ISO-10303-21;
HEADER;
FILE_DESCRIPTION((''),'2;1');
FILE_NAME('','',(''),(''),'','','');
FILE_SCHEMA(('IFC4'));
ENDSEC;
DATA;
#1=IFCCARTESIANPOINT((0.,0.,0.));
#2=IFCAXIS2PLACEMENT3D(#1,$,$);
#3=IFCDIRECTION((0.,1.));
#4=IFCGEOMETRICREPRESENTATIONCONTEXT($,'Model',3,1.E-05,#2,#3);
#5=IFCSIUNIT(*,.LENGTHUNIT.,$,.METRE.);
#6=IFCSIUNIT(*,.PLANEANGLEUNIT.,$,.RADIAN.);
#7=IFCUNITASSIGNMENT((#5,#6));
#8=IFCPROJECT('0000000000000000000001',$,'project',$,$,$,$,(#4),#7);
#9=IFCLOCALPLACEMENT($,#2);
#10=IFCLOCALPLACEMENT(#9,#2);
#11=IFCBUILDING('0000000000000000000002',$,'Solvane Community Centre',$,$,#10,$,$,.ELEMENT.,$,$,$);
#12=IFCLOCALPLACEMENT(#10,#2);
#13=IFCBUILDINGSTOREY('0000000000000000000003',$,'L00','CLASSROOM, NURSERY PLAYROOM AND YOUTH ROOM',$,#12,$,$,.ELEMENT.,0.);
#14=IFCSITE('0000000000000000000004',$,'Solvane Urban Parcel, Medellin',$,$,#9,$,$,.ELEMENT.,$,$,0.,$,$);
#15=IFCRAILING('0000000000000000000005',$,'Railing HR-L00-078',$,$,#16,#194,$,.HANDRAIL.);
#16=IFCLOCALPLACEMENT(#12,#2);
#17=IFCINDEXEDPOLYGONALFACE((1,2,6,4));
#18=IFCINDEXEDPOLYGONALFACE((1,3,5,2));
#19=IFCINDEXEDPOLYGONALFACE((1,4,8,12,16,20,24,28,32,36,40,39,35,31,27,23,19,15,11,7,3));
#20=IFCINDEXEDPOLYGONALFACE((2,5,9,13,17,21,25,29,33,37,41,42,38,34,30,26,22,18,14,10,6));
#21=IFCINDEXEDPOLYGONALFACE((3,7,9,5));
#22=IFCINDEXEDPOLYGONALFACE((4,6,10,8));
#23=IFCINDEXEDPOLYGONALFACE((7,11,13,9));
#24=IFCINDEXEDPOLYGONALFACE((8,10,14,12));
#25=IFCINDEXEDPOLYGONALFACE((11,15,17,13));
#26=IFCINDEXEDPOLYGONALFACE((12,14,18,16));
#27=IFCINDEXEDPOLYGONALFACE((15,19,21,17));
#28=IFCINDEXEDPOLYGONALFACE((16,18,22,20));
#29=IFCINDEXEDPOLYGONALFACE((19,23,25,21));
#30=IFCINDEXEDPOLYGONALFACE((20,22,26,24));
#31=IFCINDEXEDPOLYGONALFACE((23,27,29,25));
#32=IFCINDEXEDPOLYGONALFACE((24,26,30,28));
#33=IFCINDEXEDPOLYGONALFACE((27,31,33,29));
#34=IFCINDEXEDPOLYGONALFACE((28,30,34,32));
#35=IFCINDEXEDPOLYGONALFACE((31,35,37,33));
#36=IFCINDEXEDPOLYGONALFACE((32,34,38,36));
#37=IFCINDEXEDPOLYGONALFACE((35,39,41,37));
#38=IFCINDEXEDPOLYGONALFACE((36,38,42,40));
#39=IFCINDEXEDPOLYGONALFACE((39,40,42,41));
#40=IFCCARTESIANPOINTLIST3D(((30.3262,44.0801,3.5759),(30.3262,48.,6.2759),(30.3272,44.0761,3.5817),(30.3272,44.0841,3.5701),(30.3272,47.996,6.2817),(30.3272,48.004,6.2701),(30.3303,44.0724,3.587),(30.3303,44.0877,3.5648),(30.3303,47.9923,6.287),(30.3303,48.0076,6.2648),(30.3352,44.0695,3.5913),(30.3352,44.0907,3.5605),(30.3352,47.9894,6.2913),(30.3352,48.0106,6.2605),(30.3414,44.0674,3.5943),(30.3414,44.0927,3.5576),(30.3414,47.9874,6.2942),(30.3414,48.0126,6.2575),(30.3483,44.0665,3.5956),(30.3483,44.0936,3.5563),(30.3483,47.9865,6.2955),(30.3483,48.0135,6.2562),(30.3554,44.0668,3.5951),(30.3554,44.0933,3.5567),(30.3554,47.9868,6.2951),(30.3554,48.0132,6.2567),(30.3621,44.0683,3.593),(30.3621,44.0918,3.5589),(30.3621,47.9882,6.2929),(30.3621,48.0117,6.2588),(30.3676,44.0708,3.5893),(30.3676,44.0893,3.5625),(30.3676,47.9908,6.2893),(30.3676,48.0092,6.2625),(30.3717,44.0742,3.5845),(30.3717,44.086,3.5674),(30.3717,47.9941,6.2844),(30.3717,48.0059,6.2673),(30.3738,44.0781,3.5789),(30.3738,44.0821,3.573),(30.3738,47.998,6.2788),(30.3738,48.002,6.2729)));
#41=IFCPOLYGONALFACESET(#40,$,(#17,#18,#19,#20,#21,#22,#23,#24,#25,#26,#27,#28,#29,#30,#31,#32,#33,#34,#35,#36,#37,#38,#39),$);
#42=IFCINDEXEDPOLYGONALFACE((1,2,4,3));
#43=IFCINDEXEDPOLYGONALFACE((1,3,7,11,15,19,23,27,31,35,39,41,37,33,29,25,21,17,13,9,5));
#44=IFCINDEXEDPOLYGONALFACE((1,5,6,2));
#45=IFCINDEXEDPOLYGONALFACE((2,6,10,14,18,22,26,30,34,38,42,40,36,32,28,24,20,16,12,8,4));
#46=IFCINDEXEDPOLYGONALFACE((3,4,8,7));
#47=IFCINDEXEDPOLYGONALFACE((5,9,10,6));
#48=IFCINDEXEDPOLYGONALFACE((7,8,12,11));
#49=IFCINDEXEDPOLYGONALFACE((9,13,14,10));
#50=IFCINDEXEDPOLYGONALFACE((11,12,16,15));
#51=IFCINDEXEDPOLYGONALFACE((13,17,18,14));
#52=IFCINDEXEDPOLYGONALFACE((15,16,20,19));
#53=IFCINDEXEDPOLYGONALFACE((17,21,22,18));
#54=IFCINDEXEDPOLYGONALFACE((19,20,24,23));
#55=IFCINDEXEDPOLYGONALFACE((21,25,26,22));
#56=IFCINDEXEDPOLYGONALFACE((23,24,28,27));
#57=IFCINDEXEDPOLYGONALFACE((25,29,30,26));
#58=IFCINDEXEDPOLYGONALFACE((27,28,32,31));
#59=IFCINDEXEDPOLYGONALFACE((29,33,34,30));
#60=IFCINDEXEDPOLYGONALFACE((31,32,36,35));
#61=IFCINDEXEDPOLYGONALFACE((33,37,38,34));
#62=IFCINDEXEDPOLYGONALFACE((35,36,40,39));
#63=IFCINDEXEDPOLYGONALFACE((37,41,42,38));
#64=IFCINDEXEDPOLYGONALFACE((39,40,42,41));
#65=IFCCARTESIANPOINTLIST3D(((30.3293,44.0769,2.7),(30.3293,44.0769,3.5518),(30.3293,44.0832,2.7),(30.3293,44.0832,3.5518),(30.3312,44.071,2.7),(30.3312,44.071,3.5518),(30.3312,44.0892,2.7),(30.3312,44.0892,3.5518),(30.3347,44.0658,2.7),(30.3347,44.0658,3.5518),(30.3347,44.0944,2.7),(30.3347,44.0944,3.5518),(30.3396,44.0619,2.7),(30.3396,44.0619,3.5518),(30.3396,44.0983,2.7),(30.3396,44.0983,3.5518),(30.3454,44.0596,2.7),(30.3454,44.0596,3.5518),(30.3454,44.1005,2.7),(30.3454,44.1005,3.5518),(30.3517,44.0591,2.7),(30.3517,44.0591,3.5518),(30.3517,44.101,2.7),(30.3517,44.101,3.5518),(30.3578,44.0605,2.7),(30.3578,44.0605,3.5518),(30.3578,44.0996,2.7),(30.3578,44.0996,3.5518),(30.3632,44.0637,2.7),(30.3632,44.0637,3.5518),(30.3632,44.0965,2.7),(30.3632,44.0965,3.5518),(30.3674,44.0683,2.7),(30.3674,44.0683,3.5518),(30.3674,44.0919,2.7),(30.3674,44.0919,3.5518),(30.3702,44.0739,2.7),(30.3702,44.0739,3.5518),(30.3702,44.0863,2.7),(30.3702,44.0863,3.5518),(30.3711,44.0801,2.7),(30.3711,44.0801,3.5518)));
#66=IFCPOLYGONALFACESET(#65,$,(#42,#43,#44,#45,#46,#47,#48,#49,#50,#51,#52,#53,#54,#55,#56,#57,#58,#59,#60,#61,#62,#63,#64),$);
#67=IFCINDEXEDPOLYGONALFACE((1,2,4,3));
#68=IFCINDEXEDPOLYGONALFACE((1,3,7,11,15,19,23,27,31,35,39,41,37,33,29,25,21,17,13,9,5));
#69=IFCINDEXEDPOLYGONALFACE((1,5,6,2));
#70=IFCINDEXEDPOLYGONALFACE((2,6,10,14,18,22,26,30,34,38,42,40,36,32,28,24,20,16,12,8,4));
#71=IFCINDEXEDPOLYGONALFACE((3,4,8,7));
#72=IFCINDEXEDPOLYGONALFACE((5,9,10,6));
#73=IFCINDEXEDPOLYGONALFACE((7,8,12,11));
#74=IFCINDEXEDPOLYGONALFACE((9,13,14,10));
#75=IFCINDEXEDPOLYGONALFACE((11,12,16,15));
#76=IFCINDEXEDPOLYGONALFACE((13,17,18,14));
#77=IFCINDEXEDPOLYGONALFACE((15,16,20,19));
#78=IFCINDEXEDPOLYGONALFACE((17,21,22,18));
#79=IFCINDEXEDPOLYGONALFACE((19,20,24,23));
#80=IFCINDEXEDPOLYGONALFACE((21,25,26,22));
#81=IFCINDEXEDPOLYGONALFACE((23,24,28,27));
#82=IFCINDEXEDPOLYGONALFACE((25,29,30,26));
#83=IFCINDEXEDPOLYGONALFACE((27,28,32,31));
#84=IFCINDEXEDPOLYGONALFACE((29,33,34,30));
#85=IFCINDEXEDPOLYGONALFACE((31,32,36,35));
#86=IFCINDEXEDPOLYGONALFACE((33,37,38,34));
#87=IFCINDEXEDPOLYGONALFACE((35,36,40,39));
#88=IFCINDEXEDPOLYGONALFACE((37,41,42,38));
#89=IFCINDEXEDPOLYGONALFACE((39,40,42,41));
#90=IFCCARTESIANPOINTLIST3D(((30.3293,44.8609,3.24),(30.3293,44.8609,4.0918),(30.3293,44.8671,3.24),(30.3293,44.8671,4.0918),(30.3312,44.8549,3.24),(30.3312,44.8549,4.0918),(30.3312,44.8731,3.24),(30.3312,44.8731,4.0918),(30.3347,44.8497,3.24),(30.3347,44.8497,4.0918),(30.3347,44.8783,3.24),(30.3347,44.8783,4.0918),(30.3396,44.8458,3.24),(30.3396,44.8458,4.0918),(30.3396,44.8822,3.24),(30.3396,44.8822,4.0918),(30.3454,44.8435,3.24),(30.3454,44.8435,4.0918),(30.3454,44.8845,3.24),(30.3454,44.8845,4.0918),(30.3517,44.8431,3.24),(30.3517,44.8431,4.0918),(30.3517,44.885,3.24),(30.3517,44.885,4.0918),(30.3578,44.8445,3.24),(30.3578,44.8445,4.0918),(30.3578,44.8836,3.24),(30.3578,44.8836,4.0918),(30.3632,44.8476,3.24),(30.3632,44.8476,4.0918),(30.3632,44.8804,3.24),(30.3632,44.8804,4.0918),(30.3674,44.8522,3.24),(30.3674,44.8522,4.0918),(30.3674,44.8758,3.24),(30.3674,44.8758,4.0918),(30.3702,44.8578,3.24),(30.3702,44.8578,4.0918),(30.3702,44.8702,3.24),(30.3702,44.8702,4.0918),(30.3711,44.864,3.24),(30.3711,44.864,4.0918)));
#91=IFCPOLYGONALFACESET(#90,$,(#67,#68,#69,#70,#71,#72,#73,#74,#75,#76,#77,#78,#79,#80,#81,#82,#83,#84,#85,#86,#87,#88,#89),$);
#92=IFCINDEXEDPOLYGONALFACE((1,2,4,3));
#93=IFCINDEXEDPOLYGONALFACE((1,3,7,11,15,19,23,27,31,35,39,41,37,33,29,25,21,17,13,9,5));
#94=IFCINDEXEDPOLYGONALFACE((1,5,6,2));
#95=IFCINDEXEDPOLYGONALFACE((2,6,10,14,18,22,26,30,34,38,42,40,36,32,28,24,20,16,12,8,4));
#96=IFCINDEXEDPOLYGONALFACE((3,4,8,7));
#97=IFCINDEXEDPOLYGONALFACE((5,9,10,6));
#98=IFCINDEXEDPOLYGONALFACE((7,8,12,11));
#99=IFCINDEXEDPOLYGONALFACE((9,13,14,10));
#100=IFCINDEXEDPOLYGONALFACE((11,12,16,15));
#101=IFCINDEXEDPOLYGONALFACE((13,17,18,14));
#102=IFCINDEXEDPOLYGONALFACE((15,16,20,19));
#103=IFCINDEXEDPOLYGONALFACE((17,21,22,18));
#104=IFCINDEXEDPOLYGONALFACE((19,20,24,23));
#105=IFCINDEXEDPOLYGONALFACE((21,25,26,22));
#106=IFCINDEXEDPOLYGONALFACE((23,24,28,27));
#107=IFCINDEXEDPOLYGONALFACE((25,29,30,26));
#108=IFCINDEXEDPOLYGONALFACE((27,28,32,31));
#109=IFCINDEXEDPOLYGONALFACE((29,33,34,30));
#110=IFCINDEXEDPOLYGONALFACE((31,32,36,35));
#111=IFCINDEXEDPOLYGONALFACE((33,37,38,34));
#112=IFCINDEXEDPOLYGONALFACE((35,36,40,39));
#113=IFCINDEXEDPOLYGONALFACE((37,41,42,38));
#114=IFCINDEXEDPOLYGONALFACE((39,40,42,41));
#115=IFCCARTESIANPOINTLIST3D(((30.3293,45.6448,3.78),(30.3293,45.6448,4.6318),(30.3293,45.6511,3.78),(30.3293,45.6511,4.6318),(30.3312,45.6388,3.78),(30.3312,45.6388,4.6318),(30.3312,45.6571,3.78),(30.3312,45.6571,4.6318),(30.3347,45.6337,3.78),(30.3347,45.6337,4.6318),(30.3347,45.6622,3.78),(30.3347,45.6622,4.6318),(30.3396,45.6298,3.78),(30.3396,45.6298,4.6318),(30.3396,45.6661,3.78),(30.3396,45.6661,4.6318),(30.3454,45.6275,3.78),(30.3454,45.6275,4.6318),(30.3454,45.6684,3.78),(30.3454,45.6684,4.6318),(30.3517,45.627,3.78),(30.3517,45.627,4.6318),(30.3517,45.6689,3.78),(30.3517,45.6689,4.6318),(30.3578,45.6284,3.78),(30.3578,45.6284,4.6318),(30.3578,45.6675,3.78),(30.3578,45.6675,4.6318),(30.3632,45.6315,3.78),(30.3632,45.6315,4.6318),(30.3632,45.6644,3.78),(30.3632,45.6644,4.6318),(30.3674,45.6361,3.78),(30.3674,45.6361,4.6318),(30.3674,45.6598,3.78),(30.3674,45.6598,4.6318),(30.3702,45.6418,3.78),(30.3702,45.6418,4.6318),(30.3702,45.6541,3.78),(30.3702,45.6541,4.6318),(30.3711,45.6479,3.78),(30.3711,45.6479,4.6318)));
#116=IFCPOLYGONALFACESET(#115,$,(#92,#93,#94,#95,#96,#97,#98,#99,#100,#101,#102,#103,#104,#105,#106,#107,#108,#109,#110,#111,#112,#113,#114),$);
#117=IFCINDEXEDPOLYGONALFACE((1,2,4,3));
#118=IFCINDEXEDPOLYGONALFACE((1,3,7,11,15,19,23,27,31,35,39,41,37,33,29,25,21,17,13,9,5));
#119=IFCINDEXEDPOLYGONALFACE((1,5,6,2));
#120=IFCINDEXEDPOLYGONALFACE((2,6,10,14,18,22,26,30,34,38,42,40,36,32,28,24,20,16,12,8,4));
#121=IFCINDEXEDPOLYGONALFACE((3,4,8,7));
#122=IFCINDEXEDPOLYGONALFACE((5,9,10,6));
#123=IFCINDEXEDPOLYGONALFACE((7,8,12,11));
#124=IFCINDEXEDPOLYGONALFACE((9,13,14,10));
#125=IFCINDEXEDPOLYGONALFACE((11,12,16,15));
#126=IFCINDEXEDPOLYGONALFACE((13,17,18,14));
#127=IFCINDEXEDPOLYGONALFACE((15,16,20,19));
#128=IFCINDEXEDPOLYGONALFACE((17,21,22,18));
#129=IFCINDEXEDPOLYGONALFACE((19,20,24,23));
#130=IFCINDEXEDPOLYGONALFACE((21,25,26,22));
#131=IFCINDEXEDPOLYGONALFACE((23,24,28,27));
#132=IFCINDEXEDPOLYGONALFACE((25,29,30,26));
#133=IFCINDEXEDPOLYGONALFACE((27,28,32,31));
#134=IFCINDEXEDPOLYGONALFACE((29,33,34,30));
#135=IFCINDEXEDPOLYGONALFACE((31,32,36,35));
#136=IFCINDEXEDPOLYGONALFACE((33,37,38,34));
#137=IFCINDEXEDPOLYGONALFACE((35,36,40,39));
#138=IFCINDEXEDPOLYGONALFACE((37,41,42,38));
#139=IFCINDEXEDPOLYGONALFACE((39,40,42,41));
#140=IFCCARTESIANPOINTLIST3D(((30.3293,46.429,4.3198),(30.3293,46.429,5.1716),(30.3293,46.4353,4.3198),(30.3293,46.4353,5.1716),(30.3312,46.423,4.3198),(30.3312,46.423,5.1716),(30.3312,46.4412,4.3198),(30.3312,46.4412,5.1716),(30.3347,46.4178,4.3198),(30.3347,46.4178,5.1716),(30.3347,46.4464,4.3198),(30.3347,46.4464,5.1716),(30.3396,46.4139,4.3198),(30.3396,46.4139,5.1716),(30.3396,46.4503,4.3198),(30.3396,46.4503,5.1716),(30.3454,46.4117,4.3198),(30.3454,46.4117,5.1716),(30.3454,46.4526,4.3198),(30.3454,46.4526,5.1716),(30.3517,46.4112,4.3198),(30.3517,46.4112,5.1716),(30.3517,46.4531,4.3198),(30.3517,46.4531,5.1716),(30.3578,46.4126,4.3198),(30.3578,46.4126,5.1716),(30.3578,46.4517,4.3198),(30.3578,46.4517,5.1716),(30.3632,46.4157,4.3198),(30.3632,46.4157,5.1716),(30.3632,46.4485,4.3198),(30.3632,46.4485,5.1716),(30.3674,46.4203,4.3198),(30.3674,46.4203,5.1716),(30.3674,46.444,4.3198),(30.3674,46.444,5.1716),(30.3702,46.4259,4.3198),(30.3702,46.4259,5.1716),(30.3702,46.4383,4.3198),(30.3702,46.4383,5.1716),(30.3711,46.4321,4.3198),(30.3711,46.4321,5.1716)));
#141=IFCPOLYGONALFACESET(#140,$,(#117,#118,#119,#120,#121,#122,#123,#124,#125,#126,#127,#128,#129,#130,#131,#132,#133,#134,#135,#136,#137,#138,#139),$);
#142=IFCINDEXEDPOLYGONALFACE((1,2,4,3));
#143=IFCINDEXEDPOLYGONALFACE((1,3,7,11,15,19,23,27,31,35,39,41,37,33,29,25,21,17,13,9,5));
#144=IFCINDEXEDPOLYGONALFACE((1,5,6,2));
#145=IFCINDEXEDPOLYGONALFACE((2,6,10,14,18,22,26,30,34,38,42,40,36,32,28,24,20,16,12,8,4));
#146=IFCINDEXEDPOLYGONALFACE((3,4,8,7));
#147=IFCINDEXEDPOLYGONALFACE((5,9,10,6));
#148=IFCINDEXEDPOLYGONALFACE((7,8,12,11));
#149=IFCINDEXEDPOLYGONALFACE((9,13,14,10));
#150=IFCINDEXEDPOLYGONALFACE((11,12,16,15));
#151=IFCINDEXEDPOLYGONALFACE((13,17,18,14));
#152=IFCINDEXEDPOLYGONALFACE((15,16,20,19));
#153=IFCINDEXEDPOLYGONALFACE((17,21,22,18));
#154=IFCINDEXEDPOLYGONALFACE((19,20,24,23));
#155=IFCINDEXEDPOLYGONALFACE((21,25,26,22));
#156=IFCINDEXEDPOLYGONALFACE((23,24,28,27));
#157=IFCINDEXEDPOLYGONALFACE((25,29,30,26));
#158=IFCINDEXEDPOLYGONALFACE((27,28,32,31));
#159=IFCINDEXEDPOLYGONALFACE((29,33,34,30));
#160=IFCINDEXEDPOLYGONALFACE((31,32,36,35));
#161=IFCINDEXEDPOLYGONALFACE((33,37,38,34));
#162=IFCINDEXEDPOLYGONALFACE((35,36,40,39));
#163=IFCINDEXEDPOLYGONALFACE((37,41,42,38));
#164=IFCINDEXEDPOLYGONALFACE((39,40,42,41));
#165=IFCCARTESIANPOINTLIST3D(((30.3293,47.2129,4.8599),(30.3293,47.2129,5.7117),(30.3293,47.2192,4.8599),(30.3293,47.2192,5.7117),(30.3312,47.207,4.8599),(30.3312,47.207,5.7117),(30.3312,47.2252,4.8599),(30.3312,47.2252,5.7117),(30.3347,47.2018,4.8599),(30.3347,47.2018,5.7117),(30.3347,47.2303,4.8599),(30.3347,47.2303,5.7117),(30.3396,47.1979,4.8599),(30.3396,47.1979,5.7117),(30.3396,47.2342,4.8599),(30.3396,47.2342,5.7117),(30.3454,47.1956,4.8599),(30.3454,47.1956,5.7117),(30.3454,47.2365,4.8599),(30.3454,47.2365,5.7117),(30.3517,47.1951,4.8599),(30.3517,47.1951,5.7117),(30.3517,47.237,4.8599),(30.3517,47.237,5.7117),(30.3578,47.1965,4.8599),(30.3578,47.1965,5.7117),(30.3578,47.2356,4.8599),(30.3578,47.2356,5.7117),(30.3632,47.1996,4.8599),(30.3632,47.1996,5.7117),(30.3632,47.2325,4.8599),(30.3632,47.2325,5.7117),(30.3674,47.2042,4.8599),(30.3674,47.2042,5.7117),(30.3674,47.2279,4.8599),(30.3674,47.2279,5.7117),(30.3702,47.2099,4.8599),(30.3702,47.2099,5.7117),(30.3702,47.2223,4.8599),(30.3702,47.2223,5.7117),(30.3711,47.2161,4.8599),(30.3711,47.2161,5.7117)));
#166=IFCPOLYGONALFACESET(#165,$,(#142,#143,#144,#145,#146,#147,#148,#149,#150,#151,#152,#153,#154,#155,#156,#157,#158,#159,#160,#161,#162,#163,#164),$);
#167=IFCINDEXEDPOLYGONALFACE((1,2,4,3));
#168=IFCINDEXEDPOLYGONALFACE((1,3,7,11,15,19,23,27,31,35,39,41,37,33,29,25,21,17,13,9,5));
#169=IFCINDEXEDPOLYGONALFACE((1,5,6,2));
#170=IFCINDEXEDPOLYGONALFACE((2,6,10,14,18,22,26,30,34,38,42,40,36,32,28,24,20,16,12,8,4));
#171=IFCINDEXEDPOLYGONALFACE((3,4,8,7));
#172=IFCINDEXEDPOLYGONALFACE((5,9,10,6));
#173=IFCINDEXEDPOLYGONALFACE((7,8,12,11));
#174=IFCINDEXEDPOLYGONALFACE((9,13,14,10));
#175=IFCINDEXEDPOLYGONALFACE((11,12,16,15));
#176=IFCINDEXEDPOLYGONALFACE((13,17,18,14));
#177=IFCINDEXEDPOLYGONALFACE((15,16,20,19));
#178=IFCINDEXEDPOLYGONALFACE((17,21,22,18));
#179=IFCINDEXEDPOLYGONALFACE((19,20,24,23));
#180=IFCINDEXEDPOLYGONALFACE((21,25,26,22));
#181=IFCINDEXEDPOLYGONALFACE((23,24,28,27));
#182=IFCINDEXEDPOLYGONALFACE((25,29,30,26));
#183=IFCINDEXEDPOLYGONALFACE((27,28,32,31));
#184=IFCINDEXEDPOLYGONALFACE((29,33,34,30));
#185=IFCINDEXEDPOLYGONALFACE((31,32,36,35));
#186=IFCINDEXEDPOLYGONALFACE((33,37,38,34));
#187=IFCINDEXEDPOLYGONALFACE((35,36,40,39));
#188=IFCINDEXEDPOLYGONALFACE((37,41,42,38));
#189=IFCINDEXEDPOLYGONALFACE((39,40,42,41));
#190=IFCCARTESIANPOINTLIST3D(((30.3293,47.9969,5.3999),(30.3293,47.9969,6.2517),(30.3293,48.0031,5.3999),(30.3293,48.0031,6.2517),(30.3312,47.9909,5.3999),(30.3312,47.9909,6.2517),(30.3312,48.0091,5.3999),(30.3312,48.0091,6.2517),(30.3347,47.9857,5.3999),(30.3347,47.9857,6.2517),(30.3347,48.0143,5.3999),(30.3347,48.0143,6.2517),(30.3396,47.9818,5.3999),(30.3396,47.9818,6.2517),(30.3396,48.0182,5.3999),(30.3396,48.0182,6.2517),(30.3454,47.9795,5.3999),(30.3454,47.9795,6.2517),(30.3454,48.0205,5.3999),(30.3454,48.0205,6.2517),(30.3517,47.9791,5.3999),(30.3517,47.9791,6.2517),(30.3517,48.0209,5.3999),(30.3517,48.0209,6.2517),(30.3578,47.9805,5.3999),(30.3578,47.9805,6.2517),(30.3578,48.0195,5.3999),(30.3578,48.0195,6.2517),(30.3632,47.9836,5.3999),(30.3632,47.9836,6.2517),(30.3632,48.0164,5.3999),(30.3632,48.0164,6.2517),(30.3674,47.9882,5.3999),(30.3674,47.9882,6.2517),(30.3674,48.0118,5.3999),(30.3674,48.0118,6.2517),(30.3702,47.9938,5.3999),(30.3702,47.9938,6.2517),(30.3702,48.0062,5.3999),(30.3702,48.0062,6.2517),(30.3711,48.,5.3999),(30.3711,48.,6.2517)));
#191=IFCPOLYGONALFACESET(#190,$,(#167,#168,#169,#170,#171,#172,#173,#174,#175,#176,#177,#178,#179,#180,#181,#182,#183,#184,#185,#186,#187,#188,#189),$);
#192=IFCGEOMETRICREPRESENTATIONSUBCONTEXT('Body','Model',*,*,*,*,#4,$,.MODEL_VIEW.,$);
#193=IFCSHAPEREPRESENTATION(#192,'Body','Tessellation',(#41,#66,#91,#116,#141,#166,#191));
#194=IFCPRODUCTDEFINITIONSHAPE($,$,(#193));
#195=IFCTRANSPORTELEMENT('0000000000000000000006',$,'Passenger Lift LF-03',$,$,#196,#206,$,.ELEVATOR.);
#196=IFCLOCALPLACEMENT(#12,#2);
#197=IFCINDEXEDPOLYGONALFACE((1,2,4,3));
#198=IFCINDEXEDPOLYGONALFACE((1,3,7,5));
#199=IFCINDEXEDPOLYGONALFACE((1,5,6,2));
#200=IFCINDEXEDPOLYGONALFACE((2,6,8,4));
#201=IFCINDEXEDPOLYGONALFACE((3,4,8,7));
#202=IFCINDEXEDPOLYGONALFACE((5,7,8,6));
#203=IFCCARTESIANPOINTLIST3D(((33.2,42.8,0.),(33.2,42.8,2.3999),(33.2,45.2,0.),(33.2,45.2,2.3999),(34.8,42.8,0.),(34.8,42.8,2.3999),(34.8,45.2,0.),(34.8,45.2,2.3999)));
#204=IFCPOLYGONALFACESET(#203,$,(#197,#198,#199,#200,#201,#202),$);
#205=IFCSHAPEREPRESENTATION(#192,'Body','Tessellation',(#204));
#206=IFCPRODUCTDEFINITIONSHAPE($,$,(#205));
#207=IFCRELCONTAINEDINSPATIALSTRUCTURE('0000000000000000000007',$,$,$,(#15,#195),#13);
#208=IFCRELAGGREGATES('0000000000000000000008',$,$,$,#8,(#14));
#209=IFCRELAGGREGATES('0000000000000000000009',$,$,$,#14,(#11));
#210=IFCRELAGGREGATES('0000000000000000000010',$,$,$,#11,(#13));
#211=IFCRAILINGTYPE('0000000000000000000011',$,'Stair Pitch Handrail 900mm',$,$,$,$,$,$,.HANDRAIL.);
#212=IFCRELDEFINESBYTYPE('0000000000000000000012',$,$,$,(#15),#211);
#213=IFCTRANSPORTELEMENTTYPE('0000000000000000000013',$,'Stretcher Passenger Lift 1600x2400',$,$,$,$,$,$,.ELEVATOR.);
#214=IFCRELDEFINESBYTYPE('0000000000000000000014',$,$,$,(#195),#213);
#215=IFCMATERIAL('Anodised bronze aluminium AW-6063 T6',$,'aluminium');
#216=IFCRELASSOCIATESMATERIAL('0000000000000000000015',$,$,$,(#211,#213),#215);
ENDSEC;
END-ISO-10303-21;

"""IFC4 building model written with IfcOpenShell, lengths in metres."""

from ifc_helpers import new_model, si_unit, direction, frame, origin, origin_2d, place, context, subcontext, project, spatial, rectangle, circle, extrude, material, type_object, element, save


model = new_model("IFC4")

# Units and contexts
model_context = context("Model", 3, precision=1e-05, world=origin(), true_north=direction((0.0, 1.0)))
body_context = subcontext(model_context, "Body", "Model", "MODEL_VIEW")
ifc_project = project(units=[si_unit("LENGTHUNIT", "METRE"), si_unit("PLANEANGLEUNIT", "RADIAN")], contexts=[model_context])

# Site, building, storey
site_placement = place(None, origin())
site = spatial("IfcSite", under=ifc_project, at=site_placement, Name="Solvane Urban Parcel, Medellin", CompositionType="ELEMENT", RefElevation=0.0)
building_placement = place(site_placement, origin())
building = spatial("IfcBuilding", under=site, at=building_placement, Name="Solvane Community Centre", CompositionType="ELEMENT")
storey_placement = place(building_placement, origin())
storey = spatial("IfcBuildingStorey", under=building, at=storey_placement, Name="L00", Description="CLASSROOM, NURSERY PLAYROOM AND YOUTH ROOM", CompositionType="ELEMENT", Elevation=0.0)

# Shared definitions
ifc_material_1 = material(Name="Anodised bronze aluminium AW-6063 T6", Category="aluminium")

# Railing
railing_type_1 = type_object("IfcRailingType", Name="Stair Pitch Handrail 900mm", PredefinedType="HANDRAIL", material=ifc_material_1)
railing_1_placement = place(storey_placement, frame((30.3501, 44.0801, 2.7)))
element("IfcRailing", 1, at=railing_1_placement, inside=storey, type_object=railing_type_1, Name="Railing HR-L00-078", PredefinedType="HANDRAIL", context=body_context, shape_type="SweptSolid", body=[
    extrude(circle(Radius=0.0239, at=origin_2d()), frame((0.0, 0.0, 0.876), z_axis=(0.0, 0.823551, 0.567243), x_axis=(-1.0, 0.0, 0.0)), (0.0, 0.0, 1.0), 4.7598),
    extrude(circle(Radius=0.021, at=origin_2d()), origin(), (0.0, 0.0, 1.0), 0.8518),
    extrude(circle(Radius=0.021, at=origin_2d()), frame((0.0, 0.7839, 0.54)), (0.0, 0.0, 1.0), 0.8518),
    extrude(circle(Radius=0.021, at=origin_2d()), frame((0.0, 1.5679, 1.0801)), (0.0, 0.0, 1.0), 0.8518),
    extrude(circle(Radius=0.021, at=origin_2d()), frame((0.0, 2.3521, 1.6199)), (0.0, 0.0, 1.0), 0.8518),
    extrude(circle(Radius=0.021, at=origin_2d()), frame((0.0, 3.136, 2.1599)), (0.0, 0.0, 1.0), 0.8518),
    extrude(circle(Radius=0.021, at=origin_2d()), frame((0.0, 3.9199, 2.7)), (0.0, 0.0, 1.0), 0.8518),
])

# Transport element
transport_element_type = type_object("IfcTransportElementType", Name="Stretcher Passenger Lift 1600x2400", PredefinedType="ELEVATOR", material=ifc_material_1)
transport_element_placement = place(storey_placement, frame((34.0, 44.0, 0.0), z_axis=(0.0, 0.0, 1.0), x_axis=(1.0, 0.0, 0.0)))
element("IfcTransportElement", 2, at=transport_element_placement, inside=storey, type_object=transport_element_type, Name="Passenger Lift LF-03", PredefinedType="ELEVATOR", context=body_context, shape_type="SweptSolid", body=[
    extrude(rectangle(XDim=1.6001, YDim=2.3999, at=origin_2d()), origin(), (0.0, 0.0, 1.0), 2.3999),
])

save(model, "model.ifc")
